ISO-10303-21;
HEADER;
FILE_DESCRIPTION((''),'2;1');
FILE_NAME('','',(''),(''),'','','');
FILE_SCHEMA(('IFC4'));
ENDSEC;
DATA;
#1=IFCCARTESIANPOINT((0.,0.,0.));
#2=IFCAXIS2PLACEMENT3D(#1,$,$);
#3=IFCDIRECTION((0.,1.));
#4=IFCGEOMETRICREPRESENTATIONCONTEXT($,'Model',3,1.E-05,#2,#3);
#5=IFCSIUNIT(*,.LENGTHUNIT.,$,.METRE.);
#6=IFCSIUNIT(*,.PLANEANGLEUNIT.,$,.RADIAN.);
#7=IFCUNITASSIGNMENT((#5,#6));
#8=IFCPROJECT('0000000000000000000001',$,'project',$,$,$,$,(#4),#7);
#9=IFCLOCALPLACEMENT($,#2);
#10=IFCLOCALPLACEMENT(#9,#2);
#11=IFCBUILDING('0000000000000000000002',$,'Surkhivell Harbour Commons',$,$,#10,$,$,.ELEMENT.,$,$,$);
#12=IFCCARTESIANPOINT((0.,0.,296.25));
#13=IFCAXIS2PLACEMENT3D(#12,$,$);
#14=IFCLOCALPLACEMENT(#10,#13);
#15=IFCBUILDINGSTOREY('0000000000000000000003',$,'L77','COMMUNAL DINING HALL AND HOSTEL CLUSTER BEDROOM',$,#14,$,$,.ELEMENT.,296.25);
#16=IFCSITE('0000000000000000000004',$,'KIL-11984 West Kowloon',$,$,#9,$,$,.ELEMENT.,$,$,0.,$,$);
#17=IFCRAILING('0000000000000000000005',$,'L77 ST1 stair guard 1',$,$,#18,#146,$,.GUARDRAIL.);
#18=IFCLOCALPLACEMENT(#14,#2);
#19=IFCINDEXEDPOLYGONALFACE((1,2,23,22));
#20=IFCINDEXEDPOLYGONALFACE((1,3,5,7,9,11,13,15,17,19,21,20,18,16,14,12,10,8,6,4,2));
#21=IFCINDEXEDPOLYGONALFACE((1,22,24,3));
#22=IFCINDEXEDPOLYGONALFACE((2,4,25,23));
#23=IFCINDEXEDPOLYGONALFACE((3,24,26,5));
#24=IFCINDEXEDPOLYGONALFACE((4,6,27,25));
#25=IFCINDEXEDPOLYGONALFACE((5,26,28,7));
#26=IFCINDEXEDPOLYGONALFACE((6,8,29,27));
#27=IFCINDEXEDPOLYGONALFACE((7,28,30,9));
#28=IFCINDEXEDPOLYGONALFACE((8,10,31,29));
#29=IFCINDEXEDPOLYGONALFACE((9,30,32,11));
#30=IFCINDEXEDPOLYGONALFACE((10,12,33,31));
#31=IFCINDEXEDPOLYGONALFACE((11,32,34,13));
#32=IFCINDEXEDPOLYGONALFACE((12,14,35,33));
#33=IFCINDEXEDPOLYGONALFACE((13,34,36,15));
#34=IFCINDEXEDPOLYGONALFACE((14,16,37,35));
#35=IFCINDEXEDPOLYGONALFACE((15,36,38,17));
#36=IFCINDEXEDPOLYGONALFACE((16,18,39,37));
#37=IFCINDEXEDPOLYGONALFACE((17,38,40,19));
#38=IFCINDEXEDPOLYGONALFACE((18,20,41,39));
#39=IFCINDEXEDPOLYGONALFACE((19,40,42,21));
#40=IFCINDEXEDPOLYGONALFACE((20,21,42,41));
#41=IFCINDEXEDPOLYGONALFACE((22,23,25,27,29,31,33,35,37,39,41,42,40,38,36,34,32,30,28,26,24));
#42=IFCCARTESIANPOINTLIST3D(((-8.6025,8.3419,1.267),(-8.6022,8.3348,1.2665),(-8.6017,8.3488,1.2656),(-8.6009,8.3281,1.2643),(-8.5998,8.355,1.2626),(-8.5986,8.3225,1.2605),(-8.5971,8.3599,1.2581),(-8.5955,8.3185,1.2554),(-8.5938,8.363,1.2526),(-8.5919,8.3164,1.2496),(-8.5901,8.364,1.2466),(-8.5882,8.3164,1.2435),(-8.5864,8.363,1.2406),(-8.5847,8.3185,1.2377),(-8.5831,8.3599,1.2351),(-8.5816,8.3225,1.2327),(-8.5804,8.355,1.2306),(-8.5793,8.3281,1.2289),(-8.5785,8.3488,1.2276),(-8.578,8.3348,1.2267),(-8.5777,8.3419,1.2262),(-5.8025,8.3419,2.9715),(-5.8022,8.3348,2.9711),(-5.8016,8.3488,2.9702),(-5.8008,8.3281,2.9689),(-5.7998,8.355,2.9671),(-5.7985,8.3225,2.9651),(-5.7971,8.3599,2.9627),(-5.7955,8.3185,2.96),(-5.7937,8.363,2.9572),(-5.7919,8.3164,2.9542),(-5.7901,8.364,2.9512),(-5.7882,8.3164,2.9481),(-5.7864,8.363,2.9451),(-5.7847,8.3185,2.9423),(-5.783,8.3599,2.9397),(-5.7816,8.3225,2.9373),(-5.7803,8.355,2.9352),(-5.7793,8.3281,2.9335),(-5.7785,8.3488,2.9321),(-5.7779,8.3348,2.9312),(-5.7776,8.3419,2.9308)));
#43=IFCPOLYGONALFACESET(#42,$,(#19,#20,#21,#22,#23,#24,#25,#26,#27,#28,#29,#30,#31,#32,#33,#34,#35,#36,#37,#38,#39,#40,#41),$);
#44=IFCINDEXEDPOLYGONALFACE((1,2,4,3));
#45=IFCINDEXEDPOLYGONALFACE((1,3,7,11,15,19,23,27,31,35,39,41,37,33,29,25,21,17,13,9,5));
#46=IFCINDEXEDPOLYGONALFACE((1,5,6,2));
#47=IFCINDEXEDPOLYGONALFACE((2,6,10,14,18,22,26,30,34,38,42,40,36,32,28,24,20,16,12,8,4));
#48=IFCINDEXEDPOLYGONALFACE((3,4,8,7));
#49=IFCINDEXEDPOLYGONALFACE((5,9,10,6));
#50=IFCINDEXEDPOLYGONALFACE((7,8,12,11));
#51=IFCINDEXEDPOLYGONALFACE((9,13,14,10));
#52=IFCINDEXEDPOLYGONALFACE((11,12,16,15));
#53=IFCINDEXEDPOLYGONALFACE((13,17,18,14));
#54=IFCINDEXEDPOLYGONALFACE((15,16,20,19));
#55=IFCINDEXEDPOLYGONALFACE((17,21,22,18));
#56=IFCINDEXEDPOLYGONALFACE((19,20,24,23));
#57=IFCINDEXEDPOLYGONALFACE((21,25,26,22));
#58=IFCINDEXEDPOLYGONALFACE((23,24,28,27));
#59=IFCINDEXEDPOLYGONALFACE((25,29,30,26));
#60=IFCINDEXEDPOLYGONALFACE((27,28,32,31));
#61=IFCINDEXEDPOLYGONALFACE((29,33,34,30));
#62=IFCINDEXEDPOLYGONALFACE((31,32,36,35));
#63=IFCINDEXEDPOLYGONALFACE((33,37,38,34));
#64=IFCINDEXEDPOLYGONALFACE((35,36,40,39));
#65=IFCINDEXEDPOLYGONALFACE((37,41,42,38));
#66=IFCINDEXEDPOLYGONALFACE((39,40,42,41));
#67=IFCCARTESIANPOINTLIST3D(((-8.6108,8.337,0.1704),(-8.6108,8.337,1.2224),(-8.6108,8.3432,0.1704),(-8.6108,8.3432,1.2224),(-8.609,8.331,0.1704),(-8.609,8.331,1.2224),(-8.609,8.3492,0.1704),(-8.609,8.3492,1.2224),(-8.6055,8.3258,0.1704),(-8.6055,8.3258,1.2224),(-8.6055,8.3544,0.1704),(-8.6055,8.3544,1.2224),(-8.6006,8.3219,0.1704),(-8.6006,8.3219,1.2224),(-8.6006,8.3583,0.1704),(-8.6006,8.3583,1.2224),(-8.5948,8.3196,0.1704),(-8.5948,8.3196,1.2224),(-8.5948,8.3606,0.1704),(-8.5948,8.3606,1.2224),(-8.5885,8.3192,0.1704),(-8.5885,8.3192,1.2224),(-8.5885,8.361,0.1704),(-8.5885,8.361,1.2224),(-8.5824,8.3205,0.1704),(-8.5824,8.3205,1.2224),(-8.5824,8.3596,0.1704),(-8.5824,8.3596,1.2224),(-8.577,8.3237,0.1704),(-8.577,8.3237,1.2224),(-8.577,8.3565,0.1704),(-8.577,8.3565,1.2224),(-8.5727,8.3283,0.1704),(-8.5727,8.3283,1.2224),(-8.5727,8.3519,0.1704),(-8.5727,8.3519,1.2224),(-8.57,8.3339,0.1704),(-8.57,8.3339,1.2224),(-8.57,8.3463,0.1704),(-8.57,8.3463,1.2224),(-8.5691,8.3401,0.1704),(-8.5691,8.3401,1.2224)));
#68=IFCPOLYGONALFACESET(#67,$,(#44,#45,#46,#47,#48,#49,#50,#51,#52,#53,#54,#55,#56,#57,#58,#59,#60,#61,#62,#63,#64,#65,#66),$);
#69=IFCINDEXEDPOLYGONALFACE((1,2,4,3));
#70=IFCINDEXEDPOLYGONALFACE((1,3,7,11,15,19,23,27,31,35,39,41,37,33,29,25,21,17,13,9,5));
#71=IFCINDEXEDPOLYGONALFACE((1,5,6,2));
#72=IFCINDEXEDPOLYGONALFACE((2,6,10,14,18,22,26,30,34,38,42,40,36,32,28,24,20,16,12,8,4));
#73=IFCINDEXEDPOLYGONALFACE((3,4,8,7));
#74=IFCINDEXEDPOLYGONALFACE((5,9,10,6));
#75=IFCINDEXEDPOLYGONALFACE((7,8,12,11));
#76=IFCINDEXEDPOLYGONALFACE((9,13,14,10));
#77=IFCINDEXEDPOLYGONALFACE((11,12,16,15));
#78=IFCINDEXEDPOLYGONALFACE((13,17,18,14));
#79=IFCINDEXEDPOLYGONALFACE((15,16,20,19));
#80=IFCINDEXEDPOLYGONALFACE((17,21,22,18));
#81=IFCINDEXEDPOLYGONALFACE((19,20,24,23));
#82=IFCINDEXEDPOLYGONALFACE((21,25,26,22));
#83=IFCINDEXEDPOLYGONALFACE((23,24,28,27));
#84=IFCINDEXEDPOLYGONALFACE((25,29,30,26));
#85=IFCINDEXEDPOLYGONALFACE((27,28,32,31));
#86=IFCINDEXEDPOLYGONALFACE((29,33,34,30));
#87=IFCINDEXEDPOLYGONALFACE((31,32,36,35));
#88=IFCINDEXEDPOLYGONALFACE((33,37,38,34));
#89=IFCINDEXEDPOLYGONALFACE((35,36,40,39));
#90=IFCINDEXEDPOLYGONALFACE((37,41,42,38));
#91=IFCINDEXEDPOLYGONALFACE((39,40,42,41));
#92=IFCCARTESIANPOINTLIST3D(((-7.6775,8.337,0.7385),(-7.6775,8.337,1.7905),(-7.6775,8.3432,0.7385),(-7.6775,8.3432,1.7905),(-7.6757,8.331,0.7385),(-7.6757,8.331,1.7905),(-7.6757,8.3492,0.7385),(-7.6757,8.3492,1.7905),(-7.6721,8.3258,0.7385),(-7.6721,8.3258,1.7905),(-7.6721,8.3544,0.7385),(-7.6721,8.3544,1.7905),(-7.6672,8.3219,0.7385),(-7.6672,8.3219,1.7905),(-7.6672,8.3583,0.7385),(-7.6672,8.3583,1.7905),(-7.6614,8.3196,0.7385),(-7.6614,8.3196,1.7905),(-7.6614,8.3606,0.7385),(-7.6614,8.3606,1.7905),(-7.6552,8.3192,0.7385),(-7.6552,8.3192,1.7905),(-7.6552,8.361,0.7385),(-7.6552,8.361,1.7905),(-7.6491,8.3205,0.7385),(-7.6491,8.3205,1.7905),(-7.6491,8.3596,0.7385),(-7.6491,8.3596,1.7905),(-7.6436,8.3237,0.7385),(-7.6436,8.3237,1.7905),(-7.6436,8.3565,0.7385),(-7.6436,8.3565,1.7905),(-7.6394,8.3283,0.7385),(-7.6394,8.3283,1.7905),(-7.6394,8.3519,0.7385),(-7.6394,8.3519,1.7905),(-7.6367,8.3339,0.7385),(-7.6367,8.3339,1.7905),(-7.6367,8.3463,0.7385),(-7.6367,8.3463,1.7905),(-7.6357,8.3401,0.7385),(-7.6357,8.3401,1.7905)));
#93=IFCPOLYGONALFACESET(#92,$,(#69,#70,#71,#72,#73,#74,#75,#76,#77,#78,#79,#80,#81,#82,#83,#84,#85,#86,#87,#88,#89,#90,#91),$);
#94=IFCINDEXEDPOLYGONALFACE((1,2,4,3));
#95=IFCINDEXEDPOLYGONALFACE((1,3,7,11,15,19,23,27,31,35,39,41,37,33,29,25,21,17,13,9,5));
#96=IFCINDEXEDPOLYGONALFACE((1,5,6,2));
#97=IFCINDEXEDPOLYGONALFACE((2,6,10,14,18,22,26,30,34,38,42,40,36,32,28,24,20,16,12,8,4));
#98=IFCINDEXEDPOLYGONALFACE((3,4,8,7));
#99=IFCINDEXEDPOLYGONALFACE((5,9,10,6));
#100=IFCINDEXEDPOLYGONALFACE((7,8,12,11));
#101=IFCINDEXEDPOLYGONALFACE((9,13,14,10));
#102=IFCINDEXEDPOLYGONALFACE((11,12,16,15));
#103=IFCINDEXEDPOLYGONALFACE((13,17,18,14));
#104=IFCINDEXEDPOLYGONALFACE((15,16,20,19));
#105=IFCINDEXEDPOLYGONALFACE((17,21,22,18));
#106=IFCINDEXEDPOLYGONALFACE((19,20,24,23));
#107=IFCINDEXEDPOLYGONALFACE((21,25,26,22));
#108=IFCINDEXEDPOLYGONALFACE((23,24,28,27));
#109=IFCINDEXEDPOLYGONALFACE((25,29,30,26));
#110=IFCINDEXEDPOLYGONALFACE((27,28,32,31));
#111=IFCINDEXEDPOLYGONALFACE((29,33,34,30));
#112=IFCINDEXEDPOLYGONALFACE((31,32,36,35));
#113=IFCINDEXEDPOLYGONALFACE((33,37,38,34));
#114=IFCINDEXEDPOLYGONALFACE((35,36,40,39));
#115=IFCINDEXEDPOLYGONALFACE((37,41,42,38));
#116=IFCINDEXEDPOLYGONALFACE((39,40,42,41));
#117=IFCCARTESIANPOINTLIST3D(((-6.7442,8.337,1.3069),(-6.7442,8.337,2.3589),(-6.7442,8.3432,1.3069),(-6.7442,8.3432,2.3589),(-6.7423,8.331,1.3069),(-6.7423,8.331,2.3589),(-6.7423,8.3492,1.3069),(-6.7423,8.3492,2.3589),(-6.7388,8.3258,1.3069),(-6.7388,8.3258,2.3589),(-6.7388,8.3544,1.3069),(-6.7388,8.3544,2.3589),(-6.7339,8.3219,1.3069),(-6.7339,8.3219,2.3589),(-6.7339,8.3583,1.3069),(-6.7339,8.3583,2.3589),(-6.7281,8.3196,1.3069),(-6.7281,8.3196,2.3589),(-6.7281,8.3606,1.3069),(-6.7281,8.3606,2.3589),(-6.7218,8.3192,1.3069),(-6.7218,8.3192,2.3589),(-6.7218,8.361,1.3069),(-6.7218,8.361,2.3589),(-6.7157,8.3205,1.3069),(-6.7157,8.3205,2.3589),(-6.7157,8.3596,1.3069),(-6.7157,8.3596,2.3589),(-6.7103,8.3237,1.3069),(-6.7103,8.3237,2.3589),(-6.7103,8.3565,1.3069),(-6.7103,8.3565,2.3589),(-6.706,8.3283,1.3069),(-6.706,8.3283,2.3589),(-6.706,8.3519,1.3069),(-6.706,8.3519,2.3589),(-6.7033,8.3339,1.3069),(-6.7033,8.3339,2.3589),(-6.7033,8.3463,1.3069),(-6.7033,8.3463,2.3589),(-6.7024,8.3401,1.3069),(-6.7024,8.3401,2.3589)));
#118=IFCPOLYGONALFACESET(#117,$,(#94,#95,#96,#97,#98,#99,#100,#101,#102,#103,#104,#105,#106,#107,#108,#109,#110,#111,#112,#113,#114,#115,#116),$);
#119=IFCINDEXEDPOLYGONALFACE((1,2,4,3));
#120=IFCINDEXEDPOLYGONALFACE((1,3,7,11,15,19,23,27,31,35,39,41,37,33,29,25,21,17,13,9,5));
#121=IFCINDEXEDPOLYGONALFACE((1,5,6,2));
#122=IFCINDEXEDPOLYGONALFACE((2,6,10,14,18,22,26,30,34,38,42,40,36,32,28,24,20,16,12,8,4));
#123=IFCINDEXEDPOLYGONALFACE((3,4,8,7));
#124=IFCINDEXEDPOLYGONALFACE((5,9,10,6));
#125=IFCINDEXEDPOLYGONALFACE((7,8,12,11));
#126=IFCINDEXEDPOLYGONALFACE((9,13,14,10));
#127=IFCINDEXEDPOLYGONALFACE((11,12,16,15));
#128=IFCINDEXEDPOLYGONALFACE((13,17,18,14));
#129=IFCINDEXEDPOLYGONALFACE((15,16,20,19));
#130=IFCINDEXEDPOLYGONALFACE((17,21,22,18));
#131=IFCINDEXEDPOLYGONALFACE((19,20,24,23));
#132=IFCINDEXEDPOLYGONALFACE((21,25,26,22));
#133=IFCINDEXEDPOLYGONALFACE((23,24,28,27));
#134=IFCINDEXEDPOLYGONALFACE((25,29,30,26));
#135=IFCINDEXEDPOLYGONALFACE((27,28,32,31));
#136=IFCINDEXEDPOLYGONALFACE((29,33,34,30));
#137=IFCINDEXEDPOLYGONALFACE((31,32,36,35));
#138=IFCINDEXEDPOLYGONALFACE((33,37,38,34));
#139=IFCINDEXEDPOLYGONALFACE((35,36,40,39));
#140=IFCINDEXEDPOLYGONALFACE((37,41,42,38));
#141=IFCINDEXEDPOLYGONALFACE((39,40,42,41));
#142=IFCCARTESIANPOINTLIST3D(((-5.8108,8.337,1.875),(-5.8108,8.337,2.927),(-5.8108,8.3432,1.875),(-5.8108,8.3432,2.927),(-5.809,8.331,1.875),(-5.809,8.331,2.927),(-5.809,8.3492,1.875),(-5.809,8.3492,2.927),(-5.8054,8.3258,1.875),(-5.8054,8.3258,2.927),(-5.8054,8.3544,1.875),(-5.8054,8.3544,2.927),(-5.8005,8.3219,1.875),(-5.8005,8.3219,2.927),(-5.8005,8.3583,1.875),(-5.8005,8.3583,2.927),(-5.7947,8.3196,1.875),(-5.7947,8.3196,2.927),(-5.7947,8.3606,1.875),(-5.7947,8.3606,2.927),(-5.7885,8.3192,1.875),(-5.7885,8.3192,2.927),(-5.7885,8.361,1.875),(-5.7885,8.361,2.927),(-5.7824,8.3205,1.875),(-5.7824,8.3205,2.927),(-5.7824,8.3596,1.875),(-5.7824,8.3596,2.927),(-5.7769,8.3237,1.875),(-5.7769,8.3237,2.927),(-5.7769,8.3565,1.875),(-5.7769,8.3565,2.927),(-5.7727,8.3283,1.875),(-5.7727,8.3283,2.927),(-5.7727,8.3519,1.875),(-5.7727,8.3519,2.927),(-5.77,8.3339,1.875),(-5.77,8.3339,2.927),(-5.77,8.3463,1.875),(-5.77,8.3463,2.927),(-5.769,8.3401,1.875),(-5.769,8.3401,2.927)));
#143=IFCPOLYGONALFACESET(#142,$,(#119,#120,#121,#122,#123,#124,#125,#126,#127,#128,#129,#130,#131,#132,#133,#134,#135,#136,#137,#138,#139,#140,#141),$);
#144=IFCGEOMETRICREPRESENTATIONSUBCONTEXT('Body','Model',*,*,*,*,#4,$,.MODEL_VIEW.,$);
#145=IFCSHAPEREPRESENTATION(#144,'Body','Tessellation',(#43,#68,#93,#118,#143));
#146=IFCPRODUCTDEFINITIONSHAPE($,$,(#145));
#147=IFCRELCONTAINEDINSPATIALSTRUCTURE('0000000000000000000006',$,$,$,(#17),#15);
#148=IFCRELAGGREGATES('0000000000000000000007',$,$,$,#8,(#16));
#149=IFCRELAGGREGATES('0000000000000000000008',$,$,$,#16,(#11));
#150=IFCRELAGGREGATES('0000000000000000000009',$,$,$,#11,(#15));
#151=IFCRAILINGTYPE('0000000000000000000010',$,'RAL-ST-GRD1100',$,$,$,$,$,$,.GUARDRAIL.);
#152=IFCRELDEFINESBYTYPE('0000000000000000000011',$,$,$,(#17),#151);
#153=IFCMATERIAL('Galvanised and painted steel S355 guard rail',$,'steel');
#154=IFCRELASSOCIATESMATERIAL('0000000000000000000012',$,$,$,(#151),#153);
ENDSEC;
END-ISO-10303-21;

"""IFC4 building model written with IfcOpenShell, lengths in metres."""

from ifc_helpers import new_model, si_unit, direction, frame, origin, origin_2d, place, context, subcontext, project, spatial, circle, extrude, material, type_object, element, save


model = new_model("IFC4")

# Units and contexts
model_context = context("Model", 3, precision=1e-05, world=origin(), true_north=direction((0.0, 1.0)))
body_context = subcontext(model_context, "Body", "Model", "MODEL_VIEW")
ifc_project = project(units=[si_unit("LENGTHUNIT", "METRE"), si_unit("PLANEANGLEUNIT", "RADIAN")], contexts=[model_context])

# Site, building, storey
site_placement = place(None, origin())
site = spatial("IfcSite", under=ifc_project, at=site_placement, Name="KIL-11984 West Kowloon", CompositionType="ELEMENT", RefElevation=0.0)
building_placement = place(site_placement, origin())
building = spatial("IfcBuilding", under=site, at=building_placement, Name="Surkhivell Harbour Commons", CompositionType="ELEMENT")
storey_placement = place(building_placement, frame((0.0, 0.0, 296.25)))
storey = spatial("IfcBuildingStorey", under=building, at=storey_placement, Name="L77", Description="COMMUNAL DINING HALL AND HOSTEL CLUSTER BEDROOM", CompositionType="ELEMENT", Elevation=296.25)

# Railing
ifc_material_1 = material(Name="Galvanised and painted steel S355 guard rail", Category="steel")
railing_type_1 = type_object("IfcRailingType", Name="RAL-ST-GRD1100", PredefinedType="GUARDRAIL", material=ifc_material_1)
railing_1_placement = place(storey_placement, frame((-8.5901, 8.3401, 0.1704)))
element("IfcRailing", 1, at=railing_1_placement, inside=storey, type_object=railing_type_1, Name="L77 ST1 stair guard 1", PredefinedType="GUARDRAIL", context=body_context, shape_type="SweptSolid", body=[
    extrude(circle(Radius=0.0239, at=origin_2d()), frame((0.0, 0.0, 1.0762), z_axis=(0.85417, 0.0, 0.519994), x_axis=(0.0, 1.0, 0.0)), (0.0, 0.0, 1.0), 3.2781),
    extrude(circle(Radius=0.021, at=origin_2d()), origin(), (0.0, 0.0, 1.0), 1.052),
    extrude(circle(Radius=0.021, at=origin_2d()), frame((0.9333, 0.0, 0.5681)), (0.0, 0.0, 1.0), 1.052),
    extrude(circle(Radius=0.021, at=origin_2d()), frame((1.8667, 0.0, 1.1365)), (0.0, 0.0, 1.0), 1.052),
    extrude(circle(Radius=0.021, at=origin_2d()), frame((2.8, 0.0, 1.7046)), (0.0, 0.0, 1.0), 1.052),
])

save(model, "model.ifc")
